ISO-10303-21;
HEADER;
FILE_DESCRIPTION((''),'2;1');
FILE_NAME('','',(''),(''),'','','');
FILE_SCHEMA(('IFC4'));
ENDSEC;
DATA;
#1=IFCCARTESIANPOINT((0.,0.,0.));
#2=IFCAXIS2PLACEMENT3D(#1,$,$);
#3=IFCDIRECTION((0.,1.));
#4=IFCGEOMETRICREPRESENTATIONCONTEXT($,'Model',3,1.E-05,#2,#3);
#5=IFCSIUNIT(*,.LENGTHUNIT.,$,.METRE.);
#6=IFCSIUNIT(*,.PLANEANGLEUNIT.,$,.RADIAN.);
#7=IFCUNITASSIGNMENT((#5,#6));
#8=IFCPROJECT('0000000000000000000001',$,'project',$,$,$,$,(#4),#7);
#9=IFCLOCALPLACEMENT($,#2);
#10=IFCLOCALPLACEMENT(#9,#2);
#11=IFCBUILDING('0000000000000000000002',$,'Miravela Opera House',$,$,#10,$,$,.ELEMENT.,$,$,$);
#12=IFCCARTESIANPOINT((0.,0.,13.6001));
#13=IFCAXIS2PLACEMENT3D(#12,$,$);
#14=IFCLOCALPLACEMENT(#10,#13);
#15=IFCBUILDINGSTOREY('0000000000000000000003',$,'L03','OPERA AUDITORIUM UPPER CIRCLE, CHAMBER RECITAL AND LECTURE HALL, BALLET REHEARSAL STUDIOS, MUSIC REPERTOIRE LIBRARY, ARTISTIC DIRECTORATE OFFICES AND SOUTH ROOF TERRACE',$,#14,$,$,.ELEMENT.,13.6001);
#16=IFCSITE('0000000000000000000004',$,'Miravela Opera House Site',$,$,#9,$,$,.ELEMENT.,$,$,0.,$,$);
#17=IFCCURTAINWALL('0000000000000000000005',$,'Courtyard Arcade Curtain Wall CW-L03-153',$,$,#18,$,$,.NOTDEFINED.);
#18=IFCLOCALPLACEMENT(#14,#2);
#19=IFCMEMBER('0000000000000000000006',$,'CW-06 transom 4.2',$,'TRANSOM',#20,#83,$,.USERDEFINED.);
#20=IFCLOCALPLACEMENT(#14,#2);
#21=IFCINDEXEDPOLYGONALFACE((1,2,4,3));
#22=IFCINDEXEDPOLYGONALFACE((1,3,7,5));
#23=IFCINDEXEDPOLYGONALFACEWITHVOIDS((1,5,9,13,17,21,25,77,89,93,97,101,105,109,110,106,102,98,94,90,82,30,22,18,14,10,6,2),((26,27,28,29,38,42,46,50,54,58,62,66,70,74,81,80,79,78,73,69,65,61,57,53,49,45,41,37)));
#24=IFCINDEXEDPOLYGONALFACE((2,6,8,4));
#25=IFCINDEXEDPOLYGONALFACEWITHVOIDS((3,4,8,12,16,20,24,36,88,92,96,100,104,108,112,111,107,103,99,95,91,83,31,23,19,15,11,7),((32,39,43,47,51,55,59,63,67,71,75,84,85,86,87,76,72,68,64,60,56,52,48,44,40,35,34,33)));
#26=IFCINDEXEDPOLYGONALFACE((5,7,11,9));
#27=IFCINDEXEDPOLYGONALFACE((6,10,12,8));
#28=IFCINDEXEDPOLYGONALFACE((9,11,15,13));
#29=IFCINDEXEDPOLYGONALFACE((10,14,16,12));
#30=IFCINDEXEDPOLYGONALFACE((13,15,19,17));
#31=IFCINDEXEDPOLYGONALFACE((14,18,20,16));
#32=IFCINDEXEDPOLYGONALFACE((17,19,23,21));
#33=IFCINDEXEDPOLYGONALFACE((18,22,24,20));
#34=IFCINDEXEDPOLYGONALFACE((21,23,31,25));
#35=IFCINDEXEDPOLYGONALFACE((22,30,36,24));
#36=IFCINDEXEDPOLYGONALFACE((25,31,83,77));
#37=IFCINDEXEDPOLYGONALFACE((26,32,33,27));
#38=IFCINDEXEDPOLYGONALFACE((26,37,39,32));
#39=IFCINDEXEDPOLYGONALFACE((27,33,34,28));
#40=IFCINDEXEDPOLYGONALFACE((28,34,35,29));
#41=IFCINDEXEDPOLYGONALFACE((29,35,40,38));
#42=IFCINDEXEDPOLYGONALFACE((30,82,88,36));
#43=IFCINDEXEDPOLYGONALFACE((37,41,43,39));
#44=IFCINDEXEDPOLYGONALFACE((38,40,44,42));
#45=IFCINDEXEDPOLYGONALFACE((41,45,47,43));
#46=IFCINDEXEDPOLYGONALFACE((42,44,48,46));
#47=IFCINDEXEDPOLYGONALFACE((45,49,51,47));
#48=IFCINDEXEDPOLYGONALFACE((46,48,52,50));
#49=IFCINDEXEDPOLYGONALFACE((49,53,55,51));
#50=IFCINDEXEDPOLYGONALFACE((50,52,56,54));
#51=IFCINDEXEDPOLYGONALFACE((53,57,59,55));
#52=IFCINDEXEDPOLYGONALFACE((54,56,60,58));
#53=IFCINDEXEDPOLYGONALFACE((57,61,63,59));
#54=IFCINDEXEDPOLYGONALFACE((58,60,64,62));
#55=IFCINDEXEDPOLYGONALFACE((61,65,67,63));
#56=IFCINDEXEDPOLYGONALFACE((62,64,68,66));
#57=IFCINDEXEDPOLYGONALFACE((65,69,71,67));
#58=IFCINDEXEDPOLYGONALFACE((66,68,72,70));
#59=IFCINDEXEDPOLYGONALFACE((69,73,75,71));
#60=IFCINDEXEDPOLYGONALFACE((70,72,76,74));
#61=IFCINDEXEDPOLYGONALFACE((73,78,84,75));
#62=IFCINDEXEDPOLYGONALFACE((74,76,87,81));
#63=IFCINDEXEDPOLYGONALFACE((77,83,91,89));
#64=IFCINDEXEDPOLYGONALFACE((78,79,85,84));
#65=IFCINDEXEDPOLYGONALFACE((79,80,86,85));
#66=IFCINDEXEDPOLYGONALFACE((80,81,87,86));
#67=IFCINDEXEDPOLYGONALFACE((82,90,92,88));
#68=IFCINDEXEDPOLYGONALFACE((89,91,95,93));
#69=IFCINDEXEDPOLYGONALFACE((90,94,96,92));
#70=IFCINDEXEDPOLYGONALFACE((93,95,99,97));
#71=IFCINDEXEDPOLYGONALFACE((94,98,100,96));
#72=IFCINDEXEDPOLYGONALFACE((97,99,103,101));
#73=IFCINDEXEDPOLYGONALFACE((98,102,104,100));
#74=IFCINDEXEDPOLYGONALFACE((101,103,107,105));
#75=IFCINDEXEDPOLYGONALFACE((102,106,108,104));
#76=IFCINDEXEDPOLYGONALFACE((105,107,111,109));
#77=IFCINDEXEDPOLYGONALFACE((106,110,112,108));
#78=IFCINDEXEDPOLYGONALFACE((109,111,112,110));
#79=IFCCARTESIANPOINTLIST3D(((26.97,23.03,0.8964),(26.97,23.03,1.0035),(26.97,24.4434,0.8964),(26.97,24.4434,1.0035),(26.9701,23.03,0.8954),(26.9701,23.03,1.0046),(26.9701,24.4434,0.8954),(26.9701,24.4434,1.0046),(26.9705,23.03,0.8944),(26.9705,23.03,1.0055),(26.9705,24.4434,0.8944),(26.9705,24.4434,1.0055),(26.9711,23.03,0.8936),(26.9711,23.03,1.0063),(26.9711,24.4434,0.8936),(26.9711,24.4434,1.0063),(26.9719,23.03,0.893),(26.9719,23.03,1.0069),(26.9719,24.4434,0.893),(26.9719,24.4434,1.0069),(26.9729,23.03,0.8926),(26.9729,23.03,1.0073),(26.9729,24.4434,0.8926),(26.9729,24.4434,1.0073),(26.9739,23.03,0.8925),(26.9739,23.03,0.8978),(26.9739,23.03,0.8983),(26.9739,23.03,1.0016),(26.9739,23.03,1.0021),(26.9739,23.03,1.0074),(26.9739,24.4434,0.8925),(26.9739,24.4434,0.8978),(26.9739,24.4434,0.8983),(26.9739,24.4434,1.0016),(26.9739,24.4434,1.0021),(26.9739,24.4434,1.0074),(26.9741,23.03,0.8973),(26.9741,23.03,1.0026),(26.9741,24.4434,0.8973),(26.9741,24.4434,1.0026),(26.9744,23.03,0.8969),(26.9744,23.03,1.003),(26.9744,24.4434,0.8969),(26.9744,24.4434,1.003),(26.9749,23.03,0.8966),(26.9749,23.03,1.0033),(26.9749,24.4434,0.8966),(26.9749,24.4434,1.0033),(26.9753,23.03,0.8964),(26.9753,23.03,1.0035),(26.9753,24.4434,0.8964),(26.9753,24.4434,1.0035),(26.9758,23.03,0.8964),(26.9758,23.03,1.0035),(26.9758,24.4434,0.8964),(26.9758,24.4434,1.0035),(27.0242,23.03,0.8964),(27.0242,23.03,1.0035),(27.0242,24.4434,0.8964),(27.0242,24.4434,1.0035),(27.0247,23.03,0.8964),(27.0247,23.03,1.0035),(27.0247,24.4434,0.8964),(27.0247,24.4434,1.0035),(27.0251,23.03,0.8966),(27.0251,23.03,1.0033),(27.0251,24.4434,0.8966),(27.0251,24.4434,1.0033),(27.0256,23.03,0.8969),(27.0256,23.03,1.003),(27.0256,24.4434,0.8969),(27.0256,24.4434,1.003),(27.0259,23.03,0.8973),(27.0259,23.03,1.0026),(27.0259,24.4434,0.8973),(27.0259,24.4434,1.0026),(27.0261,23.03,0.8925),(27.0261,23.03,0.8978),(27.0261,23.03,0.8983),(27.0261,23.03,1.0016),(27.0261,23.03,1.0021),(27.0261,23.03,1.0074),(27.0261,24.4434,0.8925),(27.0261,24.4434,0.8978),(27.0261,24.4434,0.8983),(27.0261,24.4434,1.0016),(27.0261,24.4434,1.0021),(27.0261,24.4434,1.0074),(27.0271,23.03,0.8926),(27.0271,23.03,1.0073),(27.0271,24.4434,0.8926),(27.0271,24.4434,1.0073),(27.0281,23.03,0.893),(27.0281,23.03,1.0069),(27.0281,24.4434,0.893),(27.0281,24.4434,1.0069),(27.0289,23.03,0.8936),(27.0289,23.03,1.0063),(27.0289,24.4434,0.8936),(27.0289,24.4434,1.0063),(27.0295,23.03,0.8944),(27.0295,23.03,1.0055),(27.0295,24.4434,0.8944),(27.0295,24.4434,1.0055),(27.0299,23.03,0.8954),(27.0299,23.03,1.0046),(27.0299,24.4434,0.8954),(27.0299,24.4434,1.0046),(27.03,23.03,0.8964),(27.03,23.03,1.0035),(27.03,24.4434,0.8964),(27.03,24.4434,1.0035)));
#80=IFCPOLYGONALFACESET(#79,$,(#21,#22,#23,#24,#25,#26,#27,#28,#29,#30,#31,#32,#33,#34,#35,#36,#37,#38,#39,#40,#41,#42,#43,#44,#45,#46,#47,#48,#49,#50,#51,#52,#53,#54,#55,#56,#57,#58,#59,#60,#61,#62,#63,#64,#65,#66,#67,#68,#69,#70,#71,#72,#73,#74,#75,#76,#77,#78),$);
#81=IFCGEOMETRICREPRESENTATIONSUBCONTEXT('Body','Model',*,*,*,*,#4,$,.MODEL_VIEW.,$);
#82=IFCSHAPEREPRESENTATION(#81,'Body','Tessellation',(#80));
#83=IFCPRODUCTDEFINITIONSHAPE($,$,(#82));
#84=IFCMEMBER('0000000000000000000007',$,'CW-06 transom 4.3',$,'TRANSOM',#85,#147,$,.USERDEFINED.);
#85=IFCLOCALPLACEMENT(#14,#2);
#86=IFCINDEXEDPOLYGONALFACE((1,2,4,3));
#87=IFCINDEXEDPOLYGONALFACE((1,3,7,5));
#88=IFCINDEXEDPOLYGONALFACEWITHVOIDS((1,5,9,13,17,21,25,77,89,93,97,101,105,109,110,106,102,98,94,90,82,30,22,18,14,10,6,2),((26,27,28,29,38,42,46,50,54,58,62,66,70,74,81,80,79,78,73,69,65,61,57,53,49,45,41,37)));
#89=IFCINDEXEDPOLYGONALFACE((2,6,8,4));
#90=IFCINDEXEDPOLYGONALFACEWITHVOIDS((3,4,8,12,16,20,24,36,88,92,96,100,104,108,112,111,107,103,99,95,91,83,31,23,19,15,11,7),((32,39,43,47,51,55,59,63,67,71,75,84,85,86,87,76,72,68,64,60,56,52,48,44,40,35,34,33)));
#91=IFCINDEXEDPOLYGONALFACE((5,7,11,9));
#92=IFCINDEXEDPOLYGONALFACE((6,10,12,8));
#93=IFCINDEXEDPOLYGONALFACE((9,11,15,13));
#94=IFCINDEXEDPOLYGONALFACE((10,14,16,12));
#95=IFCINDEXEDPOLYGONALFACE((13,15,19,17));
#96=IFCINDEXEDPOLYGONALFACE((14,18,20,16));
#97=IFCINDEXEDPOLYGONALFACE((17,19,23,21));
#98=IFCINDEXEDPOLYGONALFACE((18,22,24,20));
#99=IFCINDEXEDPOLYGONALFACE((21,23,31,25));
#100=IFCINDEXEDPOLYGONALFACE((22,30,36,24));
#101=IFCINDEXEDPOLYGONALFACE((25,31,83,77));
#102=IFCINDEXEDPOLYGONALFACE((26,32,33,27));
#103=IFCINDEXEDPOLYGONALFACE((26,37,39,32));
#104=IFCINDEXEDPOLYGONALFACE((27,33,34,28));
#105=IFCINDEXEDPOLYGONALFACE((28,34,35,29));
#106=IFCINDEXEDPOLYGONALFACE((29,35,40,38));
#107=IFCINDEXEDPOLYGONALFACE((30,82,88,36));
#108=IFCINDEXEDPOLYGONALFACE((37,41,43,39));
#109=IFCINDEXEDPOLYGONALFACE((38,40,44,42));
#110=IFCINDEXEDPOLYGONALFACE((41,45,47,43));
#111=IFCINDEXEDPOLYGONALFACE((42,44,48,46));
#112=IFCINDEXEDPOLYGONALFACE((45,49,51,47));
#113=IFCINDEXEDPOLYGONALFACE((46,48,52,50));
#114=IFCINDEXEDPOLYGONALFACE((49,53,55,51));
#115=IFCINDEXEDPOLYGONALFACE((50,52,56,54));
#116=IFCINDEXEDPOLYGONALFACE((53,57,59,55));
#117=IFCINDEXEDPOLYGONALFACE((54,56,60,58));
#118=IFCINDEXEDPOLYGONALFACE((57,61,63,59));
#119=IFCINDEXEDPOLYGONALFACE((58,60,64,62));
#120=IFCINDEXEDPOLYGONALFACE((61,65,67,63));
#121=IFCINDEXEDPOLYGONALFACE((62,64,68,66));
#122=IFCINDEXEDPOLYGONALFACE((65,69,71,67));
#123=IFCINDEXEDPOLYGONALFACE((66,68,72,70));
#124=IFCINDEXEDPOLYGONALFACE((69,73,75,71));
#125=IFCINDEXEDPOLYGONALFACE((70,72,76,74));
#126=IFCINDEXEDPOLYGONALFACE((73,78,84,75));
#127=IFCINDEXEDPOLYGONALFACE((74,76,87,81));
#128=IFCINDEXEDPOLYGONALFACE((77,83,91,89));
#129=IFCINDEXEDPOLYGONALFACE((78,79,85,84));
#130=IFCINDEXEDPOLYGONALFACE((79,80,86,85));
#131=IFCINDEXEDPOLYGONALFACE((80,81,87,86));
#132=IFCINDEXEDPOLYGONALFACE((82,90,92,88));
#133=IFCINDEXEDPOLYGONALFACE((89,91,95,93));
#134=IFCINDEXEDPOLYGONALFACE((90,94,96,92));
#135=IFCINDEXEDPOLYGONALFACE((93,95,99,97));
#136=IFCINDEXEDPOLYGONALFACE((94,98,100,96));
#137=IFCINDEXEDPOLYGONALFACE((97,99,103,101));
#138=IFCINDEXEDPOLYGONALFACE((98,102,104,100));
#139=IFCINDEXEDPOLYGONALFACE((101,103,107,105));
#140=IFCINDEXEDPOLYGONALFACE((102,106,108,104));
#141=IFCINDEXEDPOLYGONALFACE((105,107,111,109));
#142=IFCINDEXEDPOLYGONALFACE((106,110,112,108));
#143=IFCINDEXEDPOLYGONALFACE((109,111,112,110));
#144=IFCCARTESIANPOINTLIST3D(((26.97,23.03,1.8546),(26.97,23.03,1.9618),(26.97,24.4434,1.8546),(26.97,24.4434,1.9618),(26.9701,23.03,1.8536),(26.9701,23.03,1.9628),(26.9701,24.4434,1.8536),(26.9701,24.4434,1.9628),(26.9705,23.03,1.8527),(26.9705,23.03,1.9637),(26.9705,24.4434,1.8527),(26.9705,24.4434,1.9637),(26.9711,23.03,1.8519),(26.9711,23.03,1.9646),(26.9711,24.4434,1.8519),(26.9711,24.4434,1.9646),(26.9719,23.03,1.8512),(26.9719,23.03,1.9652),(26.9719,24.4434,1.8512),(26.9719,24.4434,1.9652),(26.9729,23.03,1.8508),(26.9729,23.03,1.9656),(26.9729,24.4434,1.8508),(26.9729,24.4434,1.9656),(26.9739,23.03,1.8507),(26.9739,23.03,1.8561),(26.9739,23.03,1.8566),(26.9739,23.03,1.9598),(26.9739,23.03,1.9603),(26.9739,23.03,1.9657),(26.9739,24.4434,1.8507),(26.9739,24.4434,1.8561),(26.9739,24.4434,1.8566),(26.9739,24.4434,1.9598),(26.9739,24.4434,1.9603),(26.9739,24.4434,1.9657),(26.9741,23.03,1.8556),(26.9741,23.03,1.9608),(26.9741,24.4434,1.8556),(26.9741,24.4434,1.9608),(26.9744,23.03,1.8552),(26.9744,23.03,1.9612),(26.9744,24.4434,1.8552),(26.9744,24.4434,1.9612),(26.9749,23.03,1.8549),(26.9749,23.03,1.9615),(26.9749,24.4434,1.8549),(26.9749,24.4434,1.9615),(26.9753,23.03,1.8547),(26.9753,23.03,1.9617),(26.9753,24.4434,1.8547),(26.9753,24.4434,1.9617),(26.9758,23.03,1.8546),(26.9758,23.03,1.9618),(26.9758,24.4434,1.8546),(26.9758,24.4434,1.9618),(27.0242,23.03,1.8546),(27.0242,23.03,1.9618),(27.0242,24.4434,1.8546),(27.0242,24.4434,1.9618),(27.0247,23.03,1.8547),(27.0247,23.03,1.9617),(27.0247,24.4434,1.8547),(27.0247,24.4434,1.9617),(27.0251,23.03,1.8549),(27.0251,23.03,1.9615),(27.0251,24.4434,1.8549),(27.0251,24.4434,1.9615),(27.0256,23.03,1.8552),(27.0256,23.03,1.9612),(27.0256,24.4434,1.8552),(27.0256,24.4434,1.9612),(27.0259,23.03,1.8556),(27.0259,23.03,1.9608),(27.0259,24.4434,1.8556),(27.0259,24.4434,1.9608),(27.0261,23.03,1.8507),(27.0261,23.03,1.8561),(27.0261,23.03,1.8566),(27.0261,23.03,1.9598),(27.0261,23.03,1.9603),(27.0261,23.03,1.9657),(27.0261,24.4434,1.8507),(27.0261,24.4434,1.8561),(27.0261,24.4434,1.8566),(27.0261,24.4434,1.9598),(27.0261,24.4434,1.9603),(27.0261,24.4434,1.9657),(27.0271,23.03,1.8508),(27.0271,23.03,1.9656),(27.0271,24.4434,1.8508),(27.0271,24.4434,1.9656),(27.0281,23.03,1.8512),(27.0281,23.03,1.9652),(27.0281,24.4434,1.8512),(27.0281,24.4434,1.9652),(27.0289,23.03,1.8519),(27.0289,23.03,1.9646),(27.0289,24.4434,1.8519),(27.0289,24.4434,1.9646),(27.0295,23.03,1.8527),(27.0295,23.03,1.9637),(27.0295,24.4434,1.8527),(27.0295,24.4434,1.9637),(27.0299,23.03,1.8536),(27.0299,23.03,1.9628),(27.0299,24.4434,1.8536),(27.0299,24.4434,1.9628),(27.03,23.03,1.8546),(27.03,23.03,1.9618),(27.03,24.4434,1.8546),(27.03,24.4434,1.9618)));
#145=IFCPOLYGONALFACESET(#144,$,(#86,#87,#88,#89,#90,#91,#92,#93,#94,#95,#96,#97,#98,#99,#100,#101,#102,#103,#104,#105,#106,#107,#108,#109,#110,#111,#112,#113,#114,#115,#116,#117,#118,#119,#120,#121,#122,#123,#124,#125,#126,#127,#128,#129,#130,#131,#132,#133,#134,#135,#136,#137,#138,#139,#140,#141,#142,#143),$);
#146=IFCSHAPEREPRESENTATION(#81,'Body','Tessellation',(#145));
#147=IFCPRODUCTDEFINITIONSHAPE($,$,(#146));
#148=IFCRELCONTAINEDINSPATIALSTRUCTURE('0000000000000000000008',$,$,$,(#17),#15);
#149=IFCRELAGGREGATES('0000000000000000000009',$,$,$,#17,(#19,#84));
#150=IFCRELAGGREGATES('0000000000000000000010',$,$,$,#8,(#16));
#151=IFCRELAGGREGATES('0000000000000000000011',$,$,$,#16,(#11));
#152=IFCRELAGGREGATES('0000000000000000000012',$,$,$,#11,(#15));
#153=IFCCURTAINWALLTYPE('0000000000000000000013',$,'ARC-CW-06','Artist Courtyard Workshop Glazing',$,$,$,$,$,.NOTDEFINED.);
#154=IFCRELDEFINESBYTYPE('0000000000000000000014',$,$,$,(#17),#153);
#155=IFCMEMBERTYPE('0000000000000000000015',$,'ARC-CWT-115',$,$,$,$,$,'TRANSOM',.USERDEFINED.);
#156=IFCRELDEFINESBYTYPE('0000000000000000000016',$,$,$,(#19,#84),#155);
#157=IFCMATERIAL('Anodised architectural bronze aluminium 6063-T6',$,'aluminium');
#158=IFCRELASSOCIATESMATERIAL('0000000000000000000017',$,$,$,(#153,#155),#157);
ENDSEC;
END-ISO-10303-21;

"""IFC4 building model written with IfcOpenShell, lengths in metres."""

from ifc_helpers import new_model, si_unit, direction, frame, origin, origin_2d, place, context, subcontext, project, spatial, hollow_rectangle, extrude, material, material_profile, profile_set, type_object, element, aggregate, save


model = new_model("IFC4")

# Units and contexts
model_context = context("Model", 3, precision=1e-05, world=origin(), true_north=direction((0.0, 1.0)))
body_context = subcontext(model_context, "Body", "Model", "MODEL_VIEW")
ifc_project = project(units=[si_unit("LENGTHUNIT", "METRE"), si_unit("PLANEANGLEUNIT", "RADIAN")], contexts=[model_context])

# Site, building, storey
site_placement = place(None, origin())
site = spatial("IfcSite", under=ifc_project, at=site_placement, Name="Miravela Opera House Site", CompositionType="ELEMENT", RefElevation=0.0)
building_placement = place(site_placement, origin())
building = spatial("IfcBuilding", under=site, at=building_placement, Name="Miravela Opera House", CompositionType="ELEMENT")
storey_placement = place(building_placement, frame((0.0, 0.0, 13.6001)))
storey = spatial("IfcBuildingStorey", under=building, at=storey_placement, Name="L03", Description="OPERA AUDITORIUM UPPER CIRCLE, CHAMBER RECITAL AND LECTURE HALL, BALLET REHEARSAL STUDIOS, MUSIC REPERTOIRE LIBRARY, ARTISTIC DIRECTORATE OFFICES AND SOUTH ROOF TERRACE", CompositionType="ELEMENT", Elevation=13.6001)

# Curtain wall, members
ifc_material_1 = material(Name="Anodised architectural bronze aluminium 6063-T6", Category="aluminium")
curtain_wall_type = type_object("IfcCurtainWallType", Name="ARC-CW-06", Description="Artist Courtyard Workshop Glazing", PredefinedType="NOTDEFINED", material=ifc_material_1)
curtain_wall_placement = place(storey_placement, origin())
curtain_wall = element("IfcCurtainWall", 1, at=curtain_wall_placement, inside=storey, type_object=curtain_wall_type, Name="Courtyard Arcade Curtain Wall CW-L03-153", PredefinedType="NOTDEFINED")
ifc_material_profile_1 = material_profile(ifc_material_1, hollow_rectangle(XDim=0.0601, YDim=0.115, WallThickness=0.0039, InnerFilletRadius=0.002, OuterFilletRadius=0.0039, at=origin_2d()), Name="CWT-60X115")
ifc_profile_set_1 = profile_set([ifc_material_profile_1])
member_type_1 = type_object("IfcMemberType", Name="ARC-CWT-115", ElementType="TRANSOM", PredefinedType="USERDEFINED", material=ifc_profile_set_1)
member_1_placement = place(storey_placement, frame((27.0, 23.03, 0.95), z_axis=(0.0, 1.0, 0.0), x_axis=(-1.0, 0.0, 0.0)))
member_1 = element("IfcMember", 2, at=member_1_placement, type_object=member_type_1, Name="CW-06 transom 4.2", ObjectType="TRANSOM", PredefinedType="USERDEFINED", context=body_context, shape_type="SweptSolid", body=[
    extrude(hollow_rectangle(XDim=0.0601, YDim=0.115, WallThickness=0.0039, InnerFilletRadius=0.002, OuterFilletRadius=0.0039, at=origin_2d()), origin(), (0.0, 0.0, 1.0), 1.4133),
])
member_2_placement = place(storey_placement, frame((27.0, 23.03, 1.9082), z_axis=(0.0, 1.0, 0.0), x_axis=(-1.0, 0.0, 0.0)))
member_2 = element("IfcMember", 3, at=member_2_placement, type_object=member_type_1, Name="CW-06 transom 4.3", ObjectType="TRANSOM", PredefinedType="USERDEFINED", context=body_context, shape_type="SweptSolid", body=[
    extrude(hollow_rectangle(XDim=0.0601, YDim=0.115, WallThickness=0.0039, InnerFilletRadius=0.002, OuterFilletRadius=0.0039, at=origin_2d()), origin(), (0.0, 0.0, 1.0), 1.4133),
])

aggregate(curtain_wall, [member_1, member_2])

save(model, "model.ifc")
